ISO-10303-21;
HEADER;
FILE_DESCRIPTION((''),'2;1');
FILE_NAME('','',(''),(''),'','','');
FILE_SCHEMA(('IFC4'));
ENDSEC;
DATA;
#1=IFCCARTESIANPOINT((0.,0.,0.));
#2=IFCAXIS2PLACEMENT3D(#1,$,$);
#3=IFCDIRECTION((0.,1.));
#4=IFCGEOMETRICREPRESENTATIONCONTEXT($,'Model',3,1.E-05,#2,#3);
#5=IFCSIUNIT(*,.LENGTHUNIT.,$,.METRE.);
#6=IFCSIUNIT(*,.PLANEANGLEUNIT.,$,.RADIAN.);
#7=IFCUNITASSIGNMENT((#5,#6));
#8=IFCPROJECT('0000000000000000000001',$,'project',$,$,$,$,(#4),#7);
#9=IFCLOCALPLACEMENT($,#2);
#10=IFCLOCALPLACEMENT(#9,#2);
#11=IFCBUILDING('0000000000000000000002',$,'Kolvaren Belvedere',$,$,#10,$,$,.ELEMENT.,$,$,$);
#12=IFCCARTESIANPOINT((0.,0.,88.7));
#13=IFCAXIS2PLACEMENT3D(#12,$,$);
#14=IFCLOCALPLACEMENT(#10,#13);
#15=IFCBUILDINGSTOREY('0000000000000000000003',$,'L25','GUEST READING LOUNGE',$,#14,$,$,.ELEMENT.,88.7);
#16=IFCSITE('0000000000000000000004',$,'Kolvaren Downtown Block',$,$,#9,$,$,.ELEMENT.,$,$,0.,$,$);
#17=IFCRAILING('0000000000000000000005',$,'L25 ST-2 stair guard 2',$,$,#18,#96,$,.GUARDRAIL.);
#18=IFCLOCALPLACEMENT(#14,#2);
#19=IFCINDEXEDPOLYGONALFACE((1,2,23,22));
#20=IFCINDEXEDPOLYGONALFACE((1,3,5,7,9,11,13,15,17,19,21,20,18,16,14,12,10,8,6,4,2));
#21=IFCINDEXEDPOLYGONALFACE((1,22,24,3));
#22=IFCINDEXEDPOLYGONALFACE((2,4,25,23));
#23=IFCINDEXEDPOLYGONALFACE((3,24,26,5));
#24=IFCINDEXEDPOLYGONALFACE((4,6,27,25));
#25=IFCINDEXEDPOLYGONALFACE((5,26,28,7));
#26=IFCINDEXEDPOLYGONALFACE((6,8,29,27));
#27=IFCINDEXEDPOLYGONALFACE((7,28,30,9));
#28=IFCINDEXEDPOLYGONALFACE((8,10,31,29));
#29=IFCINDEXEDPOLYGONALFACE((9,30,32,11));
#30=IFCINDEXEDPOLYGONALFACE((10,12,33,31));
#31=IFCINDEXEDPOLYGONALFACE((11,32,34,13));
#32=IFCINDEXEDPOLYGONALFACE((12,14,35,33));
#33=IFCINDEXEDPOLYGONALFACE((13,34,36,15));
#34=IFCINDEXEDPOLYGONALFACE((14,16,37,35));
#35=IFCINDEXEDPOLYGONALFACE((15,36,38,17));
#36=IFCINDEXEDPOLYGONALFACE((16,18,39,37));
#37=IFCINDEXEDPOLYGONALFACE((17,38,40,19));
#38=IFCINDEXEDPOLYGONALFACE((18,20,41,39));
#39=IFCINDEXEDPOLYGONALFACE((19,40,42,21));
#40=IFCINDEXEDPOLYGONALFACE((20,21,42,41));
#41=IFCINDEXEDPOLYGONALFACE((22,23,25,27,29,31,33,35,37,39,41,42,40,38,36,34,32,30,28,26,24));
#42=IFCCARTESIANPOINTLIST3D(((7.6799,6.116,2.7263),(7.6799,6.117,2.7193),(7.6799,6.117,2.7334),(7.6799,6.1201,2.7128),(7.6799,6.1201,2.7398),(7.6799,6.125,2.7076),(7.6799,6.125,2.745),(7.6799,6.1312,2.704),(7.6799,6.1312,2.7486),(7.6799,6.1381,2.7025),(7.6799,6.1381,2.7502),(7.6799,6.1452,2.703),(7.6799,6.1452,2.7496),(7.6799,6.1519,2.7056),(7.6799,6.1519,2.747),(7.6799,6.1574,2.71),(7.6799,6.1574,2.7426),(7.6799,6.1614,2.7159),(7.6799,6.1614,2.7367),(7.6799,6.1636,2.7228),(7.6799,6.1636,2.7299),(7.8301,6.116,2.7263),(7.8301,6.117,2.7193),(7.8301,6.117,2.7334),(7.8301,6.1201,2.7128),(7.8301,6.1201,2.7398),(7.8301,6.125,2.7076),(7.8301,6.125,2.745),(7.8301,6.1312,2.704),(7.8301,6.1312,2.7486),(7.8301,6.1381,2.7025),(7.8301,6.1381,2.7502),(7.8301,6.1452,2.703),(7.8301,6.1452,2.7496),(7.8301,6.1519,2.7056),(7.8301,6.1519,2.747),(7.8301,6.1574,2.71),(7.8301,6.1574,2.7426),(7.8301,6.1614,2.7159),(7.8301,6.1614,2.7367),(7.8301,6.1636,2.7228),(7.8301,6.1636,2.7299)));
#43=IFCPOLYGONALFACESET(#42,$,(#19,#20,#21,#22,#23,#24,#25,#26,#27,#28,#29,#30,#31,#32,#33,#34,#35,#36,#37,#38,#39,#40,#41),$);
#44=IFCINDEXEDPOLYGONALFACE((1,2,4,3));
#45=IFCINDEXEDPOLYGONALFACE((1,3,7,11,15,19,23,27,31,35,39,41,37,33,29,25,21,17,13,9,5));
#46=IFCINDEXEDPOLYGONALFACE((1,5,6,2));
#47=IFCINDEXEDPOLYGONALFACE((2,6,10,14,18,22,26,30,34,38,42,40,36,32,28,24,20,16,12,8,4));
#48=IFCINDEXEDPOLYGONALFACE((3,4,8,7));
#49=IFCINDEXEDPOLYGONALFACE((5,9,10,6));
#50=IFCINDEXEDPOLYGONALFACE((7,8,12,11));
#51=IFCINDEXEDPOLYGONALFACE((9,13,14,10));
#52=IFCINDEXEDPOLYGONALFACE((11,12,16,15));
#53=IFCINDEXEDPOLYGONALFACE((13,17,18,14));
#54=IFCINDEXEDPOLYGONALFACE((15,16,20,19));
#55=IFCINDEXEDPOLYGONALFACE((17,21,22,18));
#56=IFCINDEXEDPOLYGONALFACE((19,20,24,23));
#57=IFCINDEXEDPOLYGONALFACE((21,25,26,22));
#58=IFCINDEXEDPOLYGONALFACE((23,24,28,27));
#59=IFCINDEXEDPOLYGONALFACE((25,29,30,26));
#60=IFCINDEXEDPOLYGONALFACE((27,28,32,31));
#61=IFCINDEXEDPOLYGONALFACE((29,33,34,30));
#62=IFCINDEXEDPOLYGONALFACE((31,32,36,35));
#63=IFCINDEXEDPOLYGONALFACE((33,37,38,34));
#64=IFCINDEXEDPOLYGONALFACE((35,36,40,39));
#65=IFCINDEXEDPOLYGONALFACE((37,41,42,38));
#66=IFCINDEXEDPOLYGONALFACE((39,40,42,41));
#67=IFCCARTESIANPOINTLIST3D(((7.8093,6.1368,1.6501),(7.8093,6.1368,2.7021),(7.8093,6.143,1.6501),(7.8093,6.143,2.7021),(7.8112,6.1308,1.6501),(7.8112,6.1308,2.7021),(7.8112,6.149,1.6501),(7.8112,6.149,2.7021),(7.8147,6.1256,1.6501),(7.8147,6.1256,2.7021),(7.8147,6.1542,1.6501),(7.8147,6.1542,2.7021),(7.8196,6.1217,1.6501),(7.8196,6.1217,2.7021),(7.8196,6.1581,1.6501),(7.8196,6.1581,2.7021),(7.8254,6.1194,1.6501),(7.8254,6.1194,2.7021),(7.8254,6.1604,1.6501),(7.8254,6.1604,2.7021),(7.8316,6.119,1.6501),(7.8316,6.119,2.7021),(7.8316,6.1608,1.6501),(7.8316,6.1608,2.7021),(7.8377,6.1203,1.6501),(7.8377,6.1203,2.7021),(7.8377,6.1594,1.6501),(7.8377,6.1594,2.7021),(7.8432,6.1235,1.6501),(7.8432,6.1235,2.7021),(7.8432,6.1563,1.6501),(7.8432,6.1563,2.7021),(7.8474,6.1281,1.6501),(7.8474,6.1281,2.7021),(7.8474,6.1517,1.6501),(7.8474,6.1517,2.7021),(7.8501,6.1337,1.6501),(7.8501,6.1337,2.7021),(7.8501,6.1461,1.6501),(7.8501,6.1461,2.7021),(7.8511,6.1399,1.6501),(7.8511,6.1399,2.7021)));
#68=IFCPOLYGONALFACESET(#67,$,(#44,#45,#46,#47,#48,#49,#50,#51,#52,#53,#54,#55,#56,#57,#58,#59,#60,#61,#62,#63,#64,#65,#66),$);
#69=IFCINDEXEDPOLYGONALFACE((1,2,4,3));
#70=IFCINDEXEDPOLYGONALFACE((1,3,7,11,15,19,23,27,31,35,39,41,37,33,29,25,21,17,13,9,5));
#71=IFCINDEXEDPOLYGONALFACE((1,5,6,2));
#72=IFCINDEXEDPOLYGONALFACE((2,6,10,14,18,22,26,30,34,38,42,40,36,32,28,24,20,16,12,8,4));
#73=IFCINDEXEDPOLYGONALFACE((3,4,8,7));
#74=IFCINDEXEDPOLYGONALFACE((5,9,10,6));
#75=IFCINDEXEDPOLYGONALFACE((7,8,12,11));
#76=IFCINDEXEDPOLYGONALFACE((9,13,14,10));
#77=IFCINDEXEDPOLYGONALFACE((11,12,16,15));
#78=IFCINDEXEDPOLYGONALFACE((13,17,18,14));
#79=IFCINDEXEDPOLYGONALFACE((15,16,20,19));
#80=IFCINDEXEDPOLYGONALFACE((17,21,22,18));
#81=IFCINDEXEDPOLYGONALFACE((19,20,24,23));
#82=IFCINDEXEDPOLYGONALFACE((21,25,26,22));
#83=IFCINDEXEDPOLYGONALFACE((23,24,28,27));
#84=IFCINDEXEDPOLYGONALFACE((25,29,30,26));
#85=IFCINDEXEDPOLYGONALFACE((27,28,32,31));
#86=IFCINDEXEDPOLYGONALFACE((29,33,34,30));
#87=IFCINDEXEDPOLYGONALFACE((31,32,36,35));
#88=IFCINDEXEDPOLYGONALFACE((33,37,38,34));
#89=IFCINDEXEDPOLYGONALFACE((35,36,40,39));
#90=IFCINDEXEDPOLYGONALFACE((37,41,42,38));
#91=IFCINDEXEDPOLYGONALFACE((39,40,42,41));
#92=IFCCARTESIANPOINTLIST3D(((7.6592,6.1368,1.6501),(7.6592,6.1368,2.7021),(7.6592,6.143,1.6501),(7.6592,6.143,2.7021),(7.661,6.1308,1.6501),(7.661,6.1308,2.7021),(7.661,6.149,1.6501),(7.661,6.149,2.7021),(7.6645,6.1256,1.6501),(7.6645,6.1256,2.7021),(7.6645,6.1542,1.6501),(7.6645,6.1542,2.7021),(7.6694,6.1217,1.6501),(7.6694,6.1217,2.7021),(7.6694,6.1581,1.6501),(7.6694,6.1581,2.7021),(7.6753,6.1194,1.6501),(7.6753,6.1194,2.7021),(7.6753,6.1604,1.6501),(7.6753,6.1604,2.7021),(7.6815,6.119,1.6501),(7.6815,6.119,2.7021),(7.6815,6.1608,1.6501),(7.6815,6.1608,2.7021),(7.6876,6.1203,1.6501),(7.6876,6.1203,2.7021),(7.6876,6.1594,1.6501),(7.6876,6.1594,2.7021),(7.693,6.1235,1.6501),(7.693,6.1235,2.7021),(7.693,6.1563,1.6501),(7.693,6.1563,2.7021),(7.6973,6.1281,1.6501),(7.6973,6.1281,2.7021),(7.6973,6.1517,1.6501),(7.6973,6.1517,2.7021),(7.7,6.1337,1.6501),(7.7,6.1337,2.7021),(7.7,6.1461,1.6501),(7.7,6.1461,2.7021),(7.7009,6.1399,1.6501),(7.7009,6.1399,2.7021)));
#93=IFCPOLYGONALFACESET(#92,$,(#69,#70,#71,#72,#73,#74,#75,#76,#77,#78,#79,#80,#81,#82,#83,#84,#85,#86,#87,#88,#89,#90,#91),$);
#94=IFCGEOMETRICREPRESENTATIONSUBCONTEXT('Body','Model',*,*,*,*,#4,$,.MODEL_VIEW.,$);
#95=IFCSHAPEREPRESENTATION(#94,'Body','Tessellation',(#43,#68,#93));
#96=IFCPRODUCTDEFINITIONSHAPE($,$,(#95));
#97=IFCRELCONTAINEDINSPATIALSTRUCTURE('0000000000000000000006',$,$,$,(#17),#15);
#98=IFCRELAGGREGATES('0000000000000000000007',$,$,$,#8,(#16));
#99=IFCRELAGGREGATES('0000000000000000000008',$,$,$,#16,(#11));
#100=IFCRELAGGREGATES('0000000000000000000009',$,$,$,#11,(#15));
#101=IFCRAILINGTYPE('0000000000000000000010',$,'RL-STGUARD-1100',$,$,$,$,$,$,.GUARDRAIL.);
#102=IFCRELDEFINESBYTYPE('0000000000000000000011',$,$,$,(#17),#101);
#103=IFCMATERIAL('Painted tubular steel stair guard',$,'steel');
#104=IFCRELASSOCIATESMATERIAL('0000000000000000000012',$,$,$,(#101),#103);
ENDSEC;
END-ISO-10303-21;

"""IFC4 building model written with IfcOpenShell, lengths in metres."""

from ifc_helpers import new_model, si_unit, direction, frame, origin, origin_2d, place, context, subcontext, project, spatial, circle, extrude, material, type_object, element, save


model = new_model("IFC4")

# Units and contexts
model_context = context("Model", 3, precision=1e-05, world=origin(), true_north=direction((0.0, 1.0)))
body_context = subcontext(model_context, "Body", "Model", "MODEL_VIEW")
ifc_project = project(units=[si_unit("LENGTHUNIT", "METRE"), si_unit("PLANEANGLEUNIT", "RADIAN")], contexts=[model_context])

# Site, building, storey
site_placement = place(None, origin())
site = spatial("IfcSite", under=ifc_project, at=site_placement, Name="Kolvaren Downtown Block", CompositionType="ELEMENT", RefElevation=0.0)
building_placement = place(site_placement, origin())
building = spatial("IfcBuilding", under=site, at=building_placement, Name="Kolvaren Belvedere", CompositionType="ELEMENT")
storey_placement = place(building_placement, frame((0.0, 0.0, 88.7)))
storey = spatial("IfcBuildingStorey", under=building, at=storey_placement, Name="L25", Description="GUEST READING LOUNGE", CompositionType="ELEMENT", Elevation=88.7)

# Railing
ifc_material_1 = material(Name="Painted tubular steel stair guard", Category="steel")
railing_type_1 = type_object("IfcRailingType", Name="RL-STGUARD-1100", PredefinedType="GUARDRAIL", material=ifc_material_1)
railing_1_placement = place(storey_placement, frame((7.8301, 6.1399, 1.6501)))
element("IfcRailing", 1, at=railing_1_placement, inside=storey, type_object=railing_type_1, Name="L25 ST-2 stair guard 2", PredefinedType="GUARDRAIL", context=body_context, shape_type="SweptSolid", body=[
    extrude(circle(Radius=0.0239, at=origin_2d()), frame((0.0, 0.0, 1.0762), z_axis=(-1.0, 0.0, 0.0), x_axis=(0.0, -1.0, 0.0)), (0.0, 0.0, 1.0), 0.1501),
    extrude(circle(Radius=0.021, at=origin_2d()), origin(), (0.0, 0.0, 1.0), 1.052),
    extrude(circle(Radius=0.021, at=origin_2d()), frame((-0.1501, 0.0, 0.0)), (0.0, 0.0, 1.0), 1.052),
])

save(model, "model.ifc")
